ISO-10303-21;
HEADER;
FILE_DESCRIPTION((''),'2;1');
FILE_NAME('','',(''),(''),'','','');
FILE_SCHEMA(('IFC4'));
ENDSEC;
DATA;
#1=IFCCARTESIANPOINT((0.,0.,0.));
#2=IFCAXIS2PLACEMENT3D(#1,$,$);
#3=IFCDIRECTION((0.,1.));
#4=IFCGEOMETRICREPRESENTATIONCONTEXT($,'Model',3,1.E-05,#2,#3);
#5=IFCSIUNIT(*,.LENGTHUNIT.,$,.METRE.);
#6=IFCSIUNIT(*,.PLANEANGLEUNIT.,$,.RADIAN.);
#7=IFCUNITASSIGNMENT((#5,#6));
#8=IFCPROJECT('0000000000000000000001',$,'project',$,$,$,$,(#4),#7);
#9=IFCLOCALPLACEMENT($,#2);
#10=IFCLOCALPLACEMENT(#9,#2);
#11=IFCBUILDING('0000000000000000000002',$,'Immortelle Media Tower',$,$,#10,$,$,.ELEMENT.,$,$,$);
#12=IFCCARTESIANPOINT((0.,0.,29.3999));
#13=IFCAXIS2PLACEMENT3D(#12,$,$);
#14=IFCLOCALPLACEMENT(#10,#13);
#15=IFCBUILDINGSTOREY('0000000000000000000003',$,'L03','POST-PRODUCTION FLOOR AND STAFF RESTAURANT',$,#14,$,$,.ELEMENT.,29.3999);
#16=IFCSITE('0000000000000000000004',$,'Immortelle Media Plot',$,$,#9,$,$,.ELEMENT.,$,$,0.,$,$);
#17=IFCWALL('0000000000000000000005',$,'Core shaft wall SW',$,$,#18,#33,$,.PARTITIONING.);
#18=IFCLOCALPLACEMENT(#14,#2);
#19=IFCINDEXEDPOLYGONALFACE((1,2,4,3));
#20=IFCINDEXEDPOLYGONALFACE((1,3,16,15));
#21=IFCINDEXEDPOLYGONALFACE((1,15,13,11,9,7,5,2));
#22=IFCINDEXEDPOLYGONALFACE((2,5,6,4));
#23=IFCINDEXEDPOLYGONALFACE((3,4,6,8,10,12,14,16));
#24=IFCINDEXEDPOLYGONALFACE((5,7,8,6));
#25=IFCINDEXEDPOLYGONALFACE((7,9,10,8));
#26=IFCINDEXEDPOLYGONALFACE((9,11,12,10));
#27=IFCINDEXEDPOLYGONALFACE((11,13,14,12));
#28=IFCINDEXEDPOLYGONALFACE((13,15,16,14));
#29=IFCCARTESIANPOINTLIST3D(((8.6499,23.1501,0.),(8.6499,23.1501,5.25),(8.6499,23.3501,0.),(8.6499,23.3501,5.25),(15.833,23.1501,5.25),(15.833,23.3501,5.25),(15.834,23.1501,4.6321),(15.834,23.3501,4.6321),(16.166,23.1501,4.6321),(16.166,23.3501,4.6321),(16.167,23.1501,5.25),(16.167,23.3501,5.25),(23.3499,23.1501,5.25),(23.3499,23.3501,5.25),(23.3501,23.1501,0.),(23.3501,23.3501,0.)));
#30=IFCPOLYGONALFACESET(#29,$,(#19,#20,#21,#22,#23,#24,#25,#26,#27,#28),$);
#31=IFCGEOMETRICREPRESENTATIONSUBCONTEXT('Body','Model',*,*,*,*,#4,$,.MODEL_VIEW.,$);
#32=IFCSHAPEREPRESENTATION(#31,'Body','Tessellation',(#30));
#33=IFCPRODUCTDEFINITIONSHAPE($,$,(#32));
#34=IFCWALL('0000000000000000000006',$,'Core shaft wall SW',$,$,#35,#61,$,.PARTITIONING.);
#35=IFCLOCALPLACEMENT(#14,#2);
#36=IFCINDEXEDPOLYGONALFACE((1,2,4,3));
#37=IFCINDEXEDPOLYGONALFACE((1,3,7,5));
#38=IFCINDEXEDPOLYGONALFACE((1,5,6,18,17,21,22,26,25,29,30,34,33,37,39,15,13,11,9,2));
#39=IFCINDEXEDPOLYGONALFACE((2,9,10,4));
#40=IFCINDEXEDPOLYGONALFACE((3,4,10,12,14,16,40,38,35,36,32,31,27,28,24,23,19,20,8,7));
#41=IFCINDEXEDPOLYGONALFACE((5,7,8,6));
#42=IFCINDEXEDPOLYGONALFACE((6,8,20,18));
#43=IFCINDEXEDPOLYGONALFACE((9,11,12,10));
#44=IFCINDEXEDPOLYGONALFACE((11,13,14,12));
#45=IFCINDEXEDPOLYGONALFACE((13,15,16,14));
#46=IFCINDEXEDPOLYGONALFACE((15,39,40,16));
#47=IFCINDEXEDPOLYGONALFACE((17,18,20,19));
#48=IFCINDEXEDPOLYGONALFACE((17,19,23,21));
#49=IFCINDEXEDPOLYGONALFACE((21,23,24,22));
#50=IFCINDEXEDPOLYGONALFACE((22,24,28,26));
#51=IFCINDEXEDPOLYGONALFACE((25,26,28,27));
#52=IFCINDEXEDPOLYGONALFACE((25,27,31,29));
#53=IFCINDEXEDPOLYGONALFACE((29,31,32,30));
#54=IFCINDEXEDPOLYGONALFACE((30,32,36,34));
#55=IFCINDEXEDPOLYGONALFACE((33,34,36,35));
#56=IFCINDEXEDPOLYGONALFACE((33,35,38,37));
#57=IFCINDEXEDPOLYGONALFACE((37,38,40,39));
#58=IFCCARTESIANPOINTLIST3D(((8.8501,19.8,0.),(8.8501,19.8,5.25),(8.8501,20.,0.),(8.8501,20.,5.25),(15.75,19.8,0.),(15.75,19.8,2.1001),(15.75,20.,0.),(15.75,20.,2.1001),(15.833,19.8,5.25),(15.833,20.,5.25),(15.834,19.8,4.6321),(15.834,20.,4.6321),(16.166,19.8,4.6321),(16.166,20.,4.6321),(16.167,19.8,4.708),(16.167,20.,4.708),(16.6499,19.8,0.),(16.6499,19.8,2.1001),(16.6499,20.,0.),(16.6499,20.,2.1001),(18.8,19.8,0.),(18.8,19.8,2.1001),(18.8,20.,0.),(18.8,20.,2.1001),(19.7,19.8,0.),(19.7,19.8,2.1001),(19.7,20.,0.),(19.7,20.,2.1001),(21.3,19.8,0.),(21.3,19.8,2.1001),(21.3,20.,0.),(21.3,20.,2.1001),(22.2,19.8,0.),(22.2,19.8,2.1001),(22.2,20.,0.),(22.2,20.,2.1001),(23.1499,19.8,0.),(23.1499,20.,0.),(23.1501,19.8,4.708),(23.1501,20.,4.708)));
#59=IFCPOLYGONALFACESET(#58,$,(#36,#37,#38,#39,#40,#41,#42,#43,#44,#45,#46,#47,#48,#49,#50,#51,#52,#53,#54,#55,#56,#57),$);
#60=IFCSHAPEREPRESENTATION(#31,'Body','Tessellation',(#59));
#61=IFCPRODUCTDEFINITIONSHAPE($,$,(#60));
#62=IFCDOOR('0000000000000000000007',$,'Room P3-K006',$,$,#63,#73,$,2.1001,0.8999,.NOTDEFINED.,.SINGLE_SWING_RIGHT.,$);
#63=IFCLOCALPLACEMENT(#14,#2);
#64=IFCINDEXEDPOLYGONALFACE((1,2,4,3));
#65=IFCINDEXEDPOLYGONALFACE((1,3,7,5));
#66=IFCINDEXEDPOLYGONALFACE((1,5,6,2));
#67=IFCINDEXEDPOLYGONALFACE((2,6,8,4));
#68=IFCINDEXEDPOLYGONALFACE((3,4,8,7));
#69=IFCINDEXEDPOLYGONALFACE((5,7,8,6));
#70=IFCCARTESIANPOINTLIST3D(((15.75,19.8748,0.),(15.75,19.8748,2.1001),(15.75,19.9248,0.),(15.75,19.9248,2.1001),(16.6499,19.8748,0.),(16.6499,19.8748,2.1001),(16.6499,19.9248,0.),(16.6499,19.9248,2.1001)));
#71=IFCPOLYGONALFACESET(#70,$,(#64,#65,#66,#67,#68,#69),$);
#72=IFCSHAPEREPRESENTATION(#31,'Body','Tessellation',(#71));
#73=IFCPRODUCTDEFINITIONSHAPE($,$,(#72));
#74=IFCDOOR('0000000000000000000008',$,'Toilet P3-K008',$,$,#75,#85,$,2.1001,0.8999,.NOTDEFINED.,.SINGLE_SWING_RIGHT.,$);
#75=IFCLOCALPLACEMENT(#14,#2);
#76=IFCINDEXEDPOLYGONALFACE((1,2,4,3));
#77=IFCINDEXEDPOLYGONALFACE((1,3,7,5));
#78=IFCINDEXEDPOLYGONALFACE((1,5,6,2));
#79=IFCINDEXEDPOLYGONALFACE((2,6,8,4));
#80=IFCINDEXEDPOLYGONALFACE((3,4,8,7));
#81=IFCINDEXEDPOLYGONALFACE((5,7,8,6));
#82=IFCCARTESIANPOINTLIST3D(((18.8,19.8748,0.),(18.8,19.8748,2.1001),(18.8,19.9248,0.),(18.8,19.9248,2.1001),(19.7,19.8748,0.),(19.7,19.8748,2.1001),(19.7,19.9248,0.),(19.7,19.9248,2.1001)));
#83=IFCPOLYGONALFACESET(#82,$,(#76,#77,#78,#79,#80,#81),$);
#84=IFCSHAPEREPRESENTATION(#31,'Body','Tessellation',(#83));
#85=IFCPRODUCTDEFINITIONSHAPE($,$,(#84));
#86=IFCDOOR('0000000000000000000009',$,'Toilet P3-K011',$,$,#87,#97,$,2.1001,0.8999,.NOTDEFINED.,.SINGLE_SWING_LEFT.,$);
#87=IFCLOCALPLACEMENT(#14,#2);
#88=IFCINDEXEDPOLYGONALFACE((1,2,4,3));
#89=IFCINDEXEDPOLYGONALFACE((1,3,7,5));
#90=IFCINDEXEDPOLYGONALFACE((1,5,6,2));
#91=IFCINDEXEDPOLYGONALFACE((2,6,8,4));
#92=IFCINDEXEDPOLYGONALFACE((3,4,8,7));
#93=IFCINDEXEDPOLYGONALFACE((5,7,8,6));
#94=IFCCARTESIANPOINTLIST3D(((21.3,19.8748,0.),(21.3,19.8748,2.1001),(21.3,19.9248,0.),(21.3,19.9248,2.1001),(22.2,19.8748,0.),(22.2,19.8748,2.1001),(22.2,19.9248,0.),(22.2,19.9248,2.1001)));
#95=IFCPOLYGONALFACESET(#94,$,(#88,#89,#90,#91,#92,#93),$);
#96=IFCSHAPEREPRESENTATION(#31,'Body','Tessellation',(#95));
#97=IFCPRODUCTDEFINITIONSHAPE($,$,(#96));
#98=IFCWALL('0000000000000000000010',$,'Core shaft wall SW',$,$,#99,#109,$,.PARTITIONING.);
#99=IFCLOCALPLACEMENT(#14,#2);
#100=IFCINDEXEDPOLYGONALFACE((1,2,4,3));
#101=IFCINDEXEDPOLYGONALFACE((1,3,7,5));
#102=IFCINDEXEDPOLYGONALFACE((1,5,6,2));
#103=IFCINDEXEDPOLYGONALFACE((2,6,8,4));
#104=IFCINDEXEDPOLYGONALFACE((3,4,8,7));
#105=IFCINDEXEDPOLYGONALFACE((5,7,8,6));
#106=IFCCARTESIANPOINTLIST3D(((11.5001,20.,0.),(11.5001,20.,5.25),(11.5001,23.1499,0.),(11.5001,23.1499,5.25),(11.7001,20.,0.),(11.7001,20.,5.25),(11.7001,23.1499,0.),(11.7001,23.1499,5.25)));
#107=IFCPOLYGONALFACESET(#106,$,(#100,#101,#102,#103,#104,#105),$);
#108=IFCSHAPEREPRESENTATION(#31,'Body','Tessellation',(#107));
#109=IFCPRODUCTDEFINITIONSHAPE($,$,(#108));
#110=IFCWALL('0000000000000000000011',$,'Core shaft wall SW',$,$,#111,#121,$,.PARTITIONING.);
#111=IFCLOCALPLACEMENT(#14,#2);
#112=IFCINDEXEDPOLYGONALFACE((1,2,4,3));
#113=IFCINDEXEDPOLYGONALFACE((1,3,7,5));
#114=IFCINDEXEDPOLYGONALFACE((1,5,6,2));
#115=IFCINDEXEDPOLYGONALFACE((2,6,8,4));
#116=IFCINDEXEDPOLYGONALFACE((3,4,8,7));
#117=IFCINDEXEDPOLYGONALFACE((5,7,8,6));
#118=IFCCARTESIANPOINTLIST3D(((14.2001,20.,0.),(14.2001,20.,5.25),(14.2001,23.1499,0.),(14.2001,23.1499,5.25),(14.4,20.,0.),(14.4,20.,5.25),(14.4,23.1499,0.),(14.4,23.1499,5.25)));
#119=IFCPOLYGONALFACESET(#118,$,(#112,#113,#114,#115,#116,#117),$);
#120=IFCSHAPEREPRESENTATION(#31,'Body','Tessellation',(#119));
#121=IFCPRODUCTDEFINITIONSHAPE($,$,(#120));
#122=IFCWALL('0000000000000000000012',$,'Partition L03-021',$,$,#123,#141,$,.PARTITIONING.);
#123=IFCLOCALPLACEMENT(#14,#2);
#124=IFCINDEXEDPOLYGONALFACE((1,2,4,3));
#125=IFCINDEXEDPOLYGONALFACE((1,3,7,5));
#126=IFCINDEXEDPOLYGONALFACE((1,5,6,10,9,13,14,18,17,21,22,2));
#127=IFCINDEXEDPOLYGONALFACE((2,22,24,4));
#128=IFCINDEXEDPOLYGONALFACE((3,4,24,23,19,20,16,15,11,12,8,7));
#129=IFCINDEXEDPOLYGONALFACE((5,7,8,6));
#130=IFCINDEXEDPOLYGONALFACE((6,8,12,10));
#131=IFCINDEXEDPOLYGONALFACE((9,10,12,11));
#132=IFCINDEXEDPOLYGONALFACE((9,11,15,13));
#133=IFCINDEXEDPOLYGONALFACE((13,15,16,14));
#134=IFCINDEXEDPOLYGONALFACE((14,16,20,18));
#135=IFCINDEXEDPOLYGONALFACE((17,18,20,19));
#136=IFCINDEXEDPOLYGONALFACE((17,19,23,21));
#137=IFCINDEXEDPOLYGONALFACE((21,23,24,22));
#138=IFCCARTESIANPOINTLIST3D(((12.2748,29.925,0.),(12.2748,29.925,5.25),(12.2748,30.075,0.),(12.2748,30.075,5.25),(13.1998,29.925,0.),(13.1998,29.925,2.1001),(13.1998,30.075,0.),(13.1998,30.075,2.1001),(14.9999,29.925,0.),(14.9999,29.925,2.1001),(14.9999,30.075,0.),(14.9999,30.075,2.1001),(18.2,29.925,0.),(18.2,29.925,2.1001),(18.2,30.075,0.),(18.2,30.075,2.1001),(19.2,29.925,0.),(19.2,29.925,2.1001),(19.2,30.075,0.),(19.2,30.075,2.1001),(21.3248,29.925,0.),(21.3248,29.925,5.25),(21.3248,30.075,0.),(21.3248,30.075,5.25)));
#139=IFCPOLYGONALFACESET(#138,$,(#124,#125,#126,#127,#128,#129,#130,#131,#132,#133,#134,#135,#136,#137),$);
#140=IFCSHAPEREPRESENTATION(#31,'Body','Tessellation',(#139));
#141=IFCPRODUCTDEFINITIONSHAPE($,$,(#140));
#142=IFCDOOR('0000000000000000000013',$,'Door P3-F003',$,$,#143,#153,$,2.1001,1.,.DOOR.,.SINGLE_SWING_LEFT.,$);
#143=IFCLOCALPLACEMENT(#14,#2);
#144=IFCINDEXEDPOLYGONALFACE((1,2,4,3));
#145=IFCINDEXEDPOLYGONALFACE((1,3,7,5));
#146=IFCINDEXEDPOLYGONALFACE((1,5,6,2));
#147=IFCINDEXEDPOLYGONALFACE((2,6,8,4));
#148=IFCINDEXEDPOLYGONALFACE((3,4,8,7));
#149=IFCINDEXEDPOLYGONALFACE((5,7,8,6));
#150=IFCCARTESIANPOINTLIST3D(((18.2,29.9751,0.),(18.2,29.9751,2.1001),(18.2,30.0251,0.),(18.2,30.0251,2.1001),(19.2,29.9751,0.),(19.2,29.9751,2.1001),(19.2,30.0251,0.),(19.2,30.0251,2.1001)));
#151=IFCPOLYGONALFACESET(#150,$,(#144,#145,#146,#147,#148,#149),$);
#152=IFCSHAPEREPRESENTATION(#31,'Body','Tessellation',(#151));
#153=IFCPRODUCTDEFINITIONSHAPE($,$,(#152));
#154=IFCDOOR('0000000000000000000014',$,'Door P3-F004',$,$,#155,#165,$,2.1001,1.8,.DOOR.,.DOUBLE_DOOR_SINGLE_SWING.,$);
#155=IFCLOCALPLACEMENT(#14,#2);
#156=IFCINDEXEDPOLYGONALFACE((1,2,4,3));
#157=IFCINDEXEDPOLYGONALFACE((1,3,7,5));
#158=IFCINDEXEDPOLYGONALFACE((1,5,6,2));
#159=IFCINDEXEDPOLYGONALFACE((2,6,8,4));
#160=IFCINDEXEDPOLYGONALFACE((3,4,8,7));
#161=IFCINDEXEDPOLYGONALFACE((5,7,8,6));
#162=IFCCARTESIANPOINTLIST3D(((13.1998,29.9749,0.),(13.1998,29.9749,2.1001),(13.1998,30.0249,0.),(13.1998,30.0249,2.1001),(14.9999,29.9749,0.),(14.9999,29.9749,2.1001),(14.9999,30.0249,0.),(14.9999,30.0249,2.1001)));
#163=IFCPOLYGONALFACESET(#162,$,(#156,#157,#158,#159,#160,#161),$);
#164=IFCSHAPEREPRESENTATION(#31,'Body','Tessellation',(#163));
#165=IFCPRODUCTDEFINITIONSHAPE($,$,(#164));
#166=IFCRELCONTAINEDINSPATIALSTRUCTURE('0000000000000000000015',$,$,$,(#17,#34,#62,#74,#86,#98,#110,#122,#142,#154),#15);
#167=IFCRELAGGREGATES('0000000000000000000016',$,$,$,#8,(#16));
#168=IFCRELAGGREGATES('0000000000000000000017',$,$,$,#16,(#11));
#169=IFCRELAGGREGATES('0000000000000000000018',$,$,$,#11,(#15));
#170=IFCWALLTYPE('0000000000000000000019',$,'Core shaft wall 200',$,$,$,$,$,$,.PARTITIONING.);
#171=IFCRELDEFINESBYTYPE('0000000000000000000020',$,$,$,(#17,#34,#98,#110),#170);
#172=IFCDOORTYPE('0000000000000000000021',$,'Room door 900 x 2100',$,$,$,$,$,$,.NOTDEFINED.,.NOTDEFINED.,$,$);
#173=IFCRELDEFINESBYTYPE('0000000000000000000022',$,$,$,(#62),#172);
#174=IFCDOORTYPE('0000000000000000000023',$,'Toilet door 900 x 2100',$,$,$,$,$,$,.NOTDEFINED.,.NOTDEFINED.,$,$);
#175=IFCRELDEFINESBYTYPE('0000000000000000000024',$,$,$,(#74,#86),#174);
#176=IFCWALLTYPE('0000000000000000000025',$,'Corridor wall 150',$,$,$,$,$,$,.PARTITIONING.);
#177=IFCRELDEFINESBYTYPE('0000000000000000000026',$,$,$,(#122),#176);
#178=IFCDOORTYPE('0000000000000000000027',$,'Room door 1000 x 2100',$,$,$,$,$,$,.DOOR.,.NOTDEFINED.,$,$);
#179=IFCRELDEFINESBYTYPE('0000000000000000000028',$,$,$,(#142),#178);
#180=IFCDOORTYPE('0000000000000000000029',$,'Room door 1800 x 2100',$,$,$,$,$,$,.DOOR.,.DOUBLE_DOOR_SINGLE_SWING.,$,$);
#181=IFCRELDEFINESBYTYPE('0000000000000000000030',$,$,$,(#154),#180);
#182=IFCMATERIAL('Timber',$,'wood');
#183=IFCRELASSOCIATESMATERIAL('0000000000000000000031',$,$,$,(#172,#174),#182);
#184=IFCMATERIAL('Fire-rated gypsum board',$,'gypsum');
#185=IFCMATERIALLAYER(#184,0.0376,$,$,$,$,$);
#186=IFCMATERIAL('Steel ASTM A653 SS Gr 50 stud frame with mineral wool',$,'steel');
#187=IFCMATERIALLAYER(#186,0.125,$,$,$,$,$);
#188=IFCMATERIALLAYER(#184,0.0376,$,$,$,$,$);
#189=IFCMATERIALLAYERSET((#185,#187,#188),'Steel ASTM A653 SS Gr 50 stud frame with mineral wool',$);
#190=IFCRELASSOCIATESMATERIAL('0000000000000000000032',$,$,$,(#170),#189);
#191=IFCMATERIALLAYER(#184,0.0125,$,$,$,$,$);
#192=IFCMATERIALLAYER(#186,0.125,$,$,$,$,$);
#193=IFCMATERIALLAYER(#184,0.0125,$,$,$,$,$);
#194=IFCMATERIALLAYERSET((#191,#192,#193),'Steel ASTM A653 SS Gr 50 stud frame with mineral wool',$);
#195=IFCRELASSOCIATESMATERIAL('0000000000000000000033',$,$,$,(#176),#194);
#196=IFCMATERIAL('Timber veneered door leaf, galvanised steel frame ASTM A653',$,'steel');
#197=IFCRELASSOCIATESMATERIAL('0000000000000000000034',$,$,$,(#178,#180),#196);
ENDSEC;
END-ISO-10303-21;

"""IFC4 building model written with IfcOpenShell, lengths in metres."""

from ifc_helpers import new_model, si_unit, direction, frame, frame_2d, origin, place, context, subcontext, project, spatial, polyline, rectangle, outline, extrude, material, layer, layer_set, type_object, element, fill, save


model = new_model("IFC4")

# Units and contexts
model_context = context("Model", 3, precision=1e-05, world=origin(), true_north=direction((0.0, 1.0)))
body_context = subcontext(model_context, "Body", "Model", "MODEL_VIEW")
ifc_project = project(units=[si_unit("LENGTHUNIT", "METRE"), si_unit("PLANEANGLEUNIT", "RADIAN")], contexts=[model_context])

# Site, building, storey
site_placement = place(None, origin())
site = spatial("IfcSite", under=ifc_project, at=site_placement, Name="Immortelle Media Plot", CompositionType="ELEMENT", RefElevation=0.0)
building_placement = place(site_placement, origin())
building = spatial("IfcBuilding", under=site, at=building_placement, Name="Immortelle Media Tower", CompositionType="ELEMENT")
storey_placement = place(building_placement, frame((0.0, 0.0, 29.3999)))
storey = spatial("IfcBuildingStorey", under=building, at=storey_placement, Name="L03", Description="POST-PRODUCTION FLOOR AND STAFF RESTAURANT", CompositionType="ELEMENT", Elevation=29.3999)

# Shared definitions
ifc_material_1 = material(Name="Fire-rated gypsum board", Category="gypsum")
ifc_material_2 = material(Name="Steel ASTM A653 SS Gr 50 stud frame with mineral wool", Category="steel")

# Shared definitions
ifc_material_3 = material(Name="Timber", Category="wood")
door_type_1 = type_object("IfcDoorType", Name="Room door 900 x 2100", OperationType="NOTDEFINED", PredefinedType="NOTDEFINED", material=ifc_material_3)

# Wall
ifc_layer_1 = layer(ifc_material_1, 0.0376)
ifc_layer_2 = layer(ifc_material_2, 0.125)
ifc_layer_3 = layer(ifc_material_1, 0.0376)
ifc_layer_set_1 = layer_set([ifc_layer_1, ifc_layer_2, ifc_layer_3], Name="Steel ASTM A653 SS Gr 50 stud frame with mineral wool")
wall_type_1 = type_object("IfcWallType", Name="Core shaft wall 200", PredefinedType="PARTITIONING", material=ifc_layer_set_1)
wall_1_placement = place(storey_placement, frame((8.6499, 23.25, 0.0), z_axis=(0.0, 0.0, 1.0), x_axis=(1.0, 0.0, 0.0)))
element("IfcWall", 1, at=wall_1_placement, inside=storey, type_object=wall_type_1, Name="Core shaft wall SW", PredefinedType="PARTITIONING", context=body_context, shape_type="SweptSolid", body=[
    extrude(outline(polyline([(0.0, 0.0), (14.7002, 0.0), (14.7, 5.25), (7.5171, 5.25), (7.5161, 4.6321), (7.1841, 4.6321), (7.1831, 5.25), (0.0, 5.25), (0.0, 0.0)])), frame((0.0, 0.1001, 0.0), z_axis=(0.0, -1.0, 0.0), x_axis=(1.0, 0.0, 0.0)), (0.0, 0.0, 1.0), 0.2),
])

# Wall, openings, doors
wall_2_placement = place(storey_placement, frame((8.8501, 19.8999, 0.0), z_axis=(0.0, 0.0, 1.0), x_axis=(1.0, 0.0, 0.0)))
wall_2 = element("IfcWall", 2, at=wall_2_placement, inside=storey, type_object=wall_type_1, Name="Core shaft wall SW", PredefinedType="PARTITIONING", context=body_context, shape_type="SweptSolid", body=[
    extrude(outline(polyline([(0.0, 0.0), (14.2998, 0.0), (14.3, 4.708), (7.3169, 4.708), (7.3159, 4.6321), (6.9839, 4.6321), (6.9829, 5.25), (0.0, 5.25), (0.0, 0.0)])), frame((0.0, 0.1001, 0.0), z_axis=(0.0, -1.0, 0.0), x_axis=(1.0, 0.0, 0.0)), (0.0, 0.0, 1.0), 0.2),
])
opening_1_placement = place(wall_2_placement, frame((6.8999, 0.0, 0.0)))
opening_1 = element("IfcOpeningElement", 3, at=opening_1_placement, cuts=wall_2, PredefinedType="OPENING", context=body_context, shape_type="SweptSolid", body=[
    extrude(rectangle(XDim=0.8999, YDim=2.1001, at=frame_2d((0.45, 1.05))), frame((0.0, 0.1099, 0.0), z_axis=(0.0, -1.0, 0.0), x_axis=(1.0, 0.0, 0.0)), (0.0, 0.0, 1.0), 0.22),
])
opening_2_placement = place(wall_2_placement, frame((9.95, 0.0, 0.0)))
opening_2 = element("IfcOpeningElement", 4, at=opening_2_placement, cuts=wall_2, PredefinedType="OPENING", context=body_context, shape_type="SweptSolid", body=[
    extrude(rectangle(XDim=0.8999, YDim=2.1001, at=frame_2d((0.45, 1.05))), frame((0.0, 0.1099, 0.0), z_axis=(0.0, -1.0, 0.0), x_axis=(1.0, 0.0, 0.0)), (0.0, 0.0, 1.0), 0.22),
])
opening_3_placement = place(wall_2_placement, frame((12.45, 0.0, 0.0)))
opening_3 = element("IfcOpeningElement", 5, at=opening_3_placement, cuts=wall_2, PredefinedType="OPENING", context=body_context, shape_type="SweptSolid", body=[
    extrude(rectangle(XDim=0.8999, YDim=2.1001, at=frame_2d((0.45, 1.05))), frame((0.0, 0.1099, 0.0), z_axis=(0.0, -1.0, 0.0), x_axis=(1.0, 0.0, 0.0)), (0.0, 0.0, 1.0), 0.22),
])
door_1_placement = place(opening_1_placement, origin())
door_1 = element("IfcDoor", 6, at=door_1_placement, inside=storey, type_object=door_type_1, Name="Room P3-K006", OperationType="SINGLE_SWING_RIGHT", OverallHeight=2.1001, OverallWidth=0.8999, PredefinedType="NOTDEFINED", context=body_context, shape_type="SweptSolid", body=[
    extrude(rectangle(XDim=0.8999, YDim=2.1001, at=frame_2d((0.45, 1.05))), frame((0.0, 0.0249, 0.0), z_axis=(0.0, -1.0, 0.0), x_axis=(1.0, 0.0, 0.0)), (0.0, 0.0, 1.0), 0.05),
])
fill(opening_1, door_1)
door_type_2 = type_object("IfcDoorType", Name="Toilet door 900 x 2100", OperationType="NOTDEFINED", PredefinedType="NOTDEFINED", material=ifc_material_3)
door_2_placement = place(opening_2_placement, origin())
door_2 = element("IfcDoor", 7, at=door_2_placement, inside=storey, type_object=door_type_2, Name="Toilet P3-K008", OperationType="SINGLE_SWING_RIGHT", OverallHeight=2.1001, OverallWidth=0.8999, PredefinedType="NOTDEFINED", context=body_context, shape_type="SweptSolid", body=[
    extrude(rectangle(XDim=0.8999, YDim=2.1001, at=frame_2d((0.45, 1.05))), frame((0.0, 0.0249, 0.0), z_axis=(0.0, -1.0, 0.0), x_axis=(1.0, 0.0, 0.0)), (0.0, 0.0, 1.0), 0.05),
])
fill(opening_2, door_2)
door_3_placement = place(opening_3_placement, origin())
door_3 = element("IfcDoor", 8, at=door_3_placement, inside=storey, type_object=door_type_2, Name="Toilet P3-K011", OperationType="SINGLE_SWING_LEFT", OverallHeight=2.1001, OverallWidth=0.8999, PredefinedType="NOTDEFINED", context=body_context, shape_type="SweptSolid", body=[
    extrude(rectangle(XDim=0.8999, YDim=2.1001, at=frame_2d((0.45, 1.05))), frame((0.0, 0.0249, 0.0), z_axis=(0.0, -1.0, 0.0), x_axis=(1.0, 0.0, 0.0)), (0.0, 0.0, 1.0), 0.05),
])
fill(opening_3, door_3)

# Walls
for number, where, z_axis, x_axis, name in (
    (9, (11.6001, 20.0, 0.0), (0.0, 0.0, 1.0), (0.0, 1.0, 0.0), "Core shaft wall SW"),
    (10, (14.3, 20.0, 0.0), (0.0, 0.0, 1.0), (0.0, 1.0, 0.0), "Core shaft wall SW"),
):
    element("IfcWall", number, at=place(storey_placement, frame(where, z_axis=z_axis, x_axis=x_axis)), inside=storey, type_object=wall_type_1, Name=name, PredefinedType="PARTITIONING", context=body_context, shape_type="SweptSolid", body=[
        extrude(rectangle(XDim=3.1499, YDim=0.2, at=frame_2d((1.575, 0.0))), origin(), (0.0, 0.0, 1.0), 5.25),
    ])

# Wall, openings, doors
ifc_layer_4 = layer(ifc_material_1, 0.0125)
ifc_layer_5 = layer(ifc_material_2, 0.125)
ifc_layer_6 = layer(ifc_material_1, 0.0125)
ifc_layer_set_2 = layer_set([ifc_layer_4, ifc_layer_5, ifc_layer_6], Name="Steel ASTM A653 SS Gr 50 stud frame with mineral wool")
wall_type_2 = type_object("IfcWallType", Name="Corridor wall 150", PredefinedType="PARTITIONING", material=ifc_layer_set_2)
wall_3_placement = place(storey_placement, frame((12.2749, 30.0, 0.0), z_axis=(0.0, 0.0, 1.0), x_axis=(1.0, 0.0, 0.0)))
wall_3 = element("IfcWall", 11, at=wall_3_placement, inside=storey, type_object=wall_type_2, Name="Partition L03-021", PredefinedType="PARTITIONING", context=body_context, shape_type="SweptSolid", body=[
    extrude(rectangle(XDim=9.05, YDim=0.1499, at=frame_2d((4.5249, 0.0))), origin(), (0.0, 0.0, 1.0), 5.25),
])
opening_4_placement = place(wall_3_placement, frame((6.925, 0.0, 0.0), z_axis=(0.0, 0.0, 1.0), x_axis=(-1.0, 0.0, 0.0)))
opening_4 = element("IfcOpeningElement", 12, at=opening_4_placement, cuts=wall_3, PredefinedType="OPENING", context=body_context, shape_type="SweptSolid", body=[
    extrude(rectangle(XDim=1.0, YDim=2.1001, at=frame_2d((0.5, 1.05))), frame((0.0, 0.085, 0.0), z_axis=(0.0, -1.0, 0.0), x_axis=(1.0, 0.0, 0.0)), (0.0, 0.0, 1.0), 0.1699),
])
opening_5_placement = place(wall_3_placement, frame((0.925, 0.0, 0.0)))
opening_5 = element("IfcOpeningElement", 13, at=opening_5_placement, cuts=wall_3, PredefinedType="OPENING", context=body_context, shape_type="SweptSolid", body=[
    extrude(rectangle(XDim=1.8, YDim=2.1001, at=frame_2d((0.8999, 1.05))), frame((0.0, 0.085, 0.0), z_axis=(0.0, -1.0, 0.0), x_axis=(1.0, 0.0, 0.0)), (0.0, 0.0, 1.0), 0.1699),
])
ifc_material_4 = material(Name="Timber veneered door leaf, galvanised steel frame ASTM A653", Category="steel")
door_type_3 = type_object("IfcDoorType", Name="Room door 1000 x 2100", OperationType="NOTDEFINED", PredefinedType="DOOR", material=ifc_material_4)
door_4_placement = place(opening_4_placement, origin())
door_4 = element("IfcDoor", 14, at=door_4_placement, inside=storey, type_object=door_type_3, Name="Door P3-F003", OperationType="SINGLE_SWING_LEFT", OverallHeight=2.1001, OverallWidth=1.0, PredefinedType="DOOR", context=body_context, shape_type="SweptSolid", body=[
    extrude(rectangle(XDim=1.0, YDim=2.1001, at=frame_2d((0.5, 1.05))), frame((0.0, 0.0249, 0.0), z_axis=(0.0, -1.0, 0.0), x_axis=(1.0, 0.0, 0.0)), (0.0, 0.0, 1.0), 0.05),
])
fill(opening_4, door_4)
door_type_4 = type_object("IfcDoorType", Name="Room door 1800 x 2100", OperationType="DOUBLE_DOOR_SINGLE_SWING", PredefinedType="DOOR", material=ifc_material_4)
door_5_placement = place(opening_5_placement, origin())
door_5 = element("IfcDoor", 15, at=door_5_placement, inside=storey, type_object=door_type_4, Name="Door P3-F004", OperationType="DOUBLE_DOOR_SINGLE_SWING", OverallHeight=2.1001, OverallWidth=1.8, PredefinedType="DOOR", context=body_context, shape_type="SweptSolid", body=[
    extrude(rectangle(XDim=1.8, YDim=2.1001, at=frame_2d((0.8999, 1.05))), frame((0.0, 0.0249, 0.0), z_axis=(0.0, -1.0, 0.0), x_axis=(1.0, 0.0, 0.0)), (0.0, 0.0, 1.0), 0.05),
])
fill(opening_5, door_5)

save(model, "model.ifc")
